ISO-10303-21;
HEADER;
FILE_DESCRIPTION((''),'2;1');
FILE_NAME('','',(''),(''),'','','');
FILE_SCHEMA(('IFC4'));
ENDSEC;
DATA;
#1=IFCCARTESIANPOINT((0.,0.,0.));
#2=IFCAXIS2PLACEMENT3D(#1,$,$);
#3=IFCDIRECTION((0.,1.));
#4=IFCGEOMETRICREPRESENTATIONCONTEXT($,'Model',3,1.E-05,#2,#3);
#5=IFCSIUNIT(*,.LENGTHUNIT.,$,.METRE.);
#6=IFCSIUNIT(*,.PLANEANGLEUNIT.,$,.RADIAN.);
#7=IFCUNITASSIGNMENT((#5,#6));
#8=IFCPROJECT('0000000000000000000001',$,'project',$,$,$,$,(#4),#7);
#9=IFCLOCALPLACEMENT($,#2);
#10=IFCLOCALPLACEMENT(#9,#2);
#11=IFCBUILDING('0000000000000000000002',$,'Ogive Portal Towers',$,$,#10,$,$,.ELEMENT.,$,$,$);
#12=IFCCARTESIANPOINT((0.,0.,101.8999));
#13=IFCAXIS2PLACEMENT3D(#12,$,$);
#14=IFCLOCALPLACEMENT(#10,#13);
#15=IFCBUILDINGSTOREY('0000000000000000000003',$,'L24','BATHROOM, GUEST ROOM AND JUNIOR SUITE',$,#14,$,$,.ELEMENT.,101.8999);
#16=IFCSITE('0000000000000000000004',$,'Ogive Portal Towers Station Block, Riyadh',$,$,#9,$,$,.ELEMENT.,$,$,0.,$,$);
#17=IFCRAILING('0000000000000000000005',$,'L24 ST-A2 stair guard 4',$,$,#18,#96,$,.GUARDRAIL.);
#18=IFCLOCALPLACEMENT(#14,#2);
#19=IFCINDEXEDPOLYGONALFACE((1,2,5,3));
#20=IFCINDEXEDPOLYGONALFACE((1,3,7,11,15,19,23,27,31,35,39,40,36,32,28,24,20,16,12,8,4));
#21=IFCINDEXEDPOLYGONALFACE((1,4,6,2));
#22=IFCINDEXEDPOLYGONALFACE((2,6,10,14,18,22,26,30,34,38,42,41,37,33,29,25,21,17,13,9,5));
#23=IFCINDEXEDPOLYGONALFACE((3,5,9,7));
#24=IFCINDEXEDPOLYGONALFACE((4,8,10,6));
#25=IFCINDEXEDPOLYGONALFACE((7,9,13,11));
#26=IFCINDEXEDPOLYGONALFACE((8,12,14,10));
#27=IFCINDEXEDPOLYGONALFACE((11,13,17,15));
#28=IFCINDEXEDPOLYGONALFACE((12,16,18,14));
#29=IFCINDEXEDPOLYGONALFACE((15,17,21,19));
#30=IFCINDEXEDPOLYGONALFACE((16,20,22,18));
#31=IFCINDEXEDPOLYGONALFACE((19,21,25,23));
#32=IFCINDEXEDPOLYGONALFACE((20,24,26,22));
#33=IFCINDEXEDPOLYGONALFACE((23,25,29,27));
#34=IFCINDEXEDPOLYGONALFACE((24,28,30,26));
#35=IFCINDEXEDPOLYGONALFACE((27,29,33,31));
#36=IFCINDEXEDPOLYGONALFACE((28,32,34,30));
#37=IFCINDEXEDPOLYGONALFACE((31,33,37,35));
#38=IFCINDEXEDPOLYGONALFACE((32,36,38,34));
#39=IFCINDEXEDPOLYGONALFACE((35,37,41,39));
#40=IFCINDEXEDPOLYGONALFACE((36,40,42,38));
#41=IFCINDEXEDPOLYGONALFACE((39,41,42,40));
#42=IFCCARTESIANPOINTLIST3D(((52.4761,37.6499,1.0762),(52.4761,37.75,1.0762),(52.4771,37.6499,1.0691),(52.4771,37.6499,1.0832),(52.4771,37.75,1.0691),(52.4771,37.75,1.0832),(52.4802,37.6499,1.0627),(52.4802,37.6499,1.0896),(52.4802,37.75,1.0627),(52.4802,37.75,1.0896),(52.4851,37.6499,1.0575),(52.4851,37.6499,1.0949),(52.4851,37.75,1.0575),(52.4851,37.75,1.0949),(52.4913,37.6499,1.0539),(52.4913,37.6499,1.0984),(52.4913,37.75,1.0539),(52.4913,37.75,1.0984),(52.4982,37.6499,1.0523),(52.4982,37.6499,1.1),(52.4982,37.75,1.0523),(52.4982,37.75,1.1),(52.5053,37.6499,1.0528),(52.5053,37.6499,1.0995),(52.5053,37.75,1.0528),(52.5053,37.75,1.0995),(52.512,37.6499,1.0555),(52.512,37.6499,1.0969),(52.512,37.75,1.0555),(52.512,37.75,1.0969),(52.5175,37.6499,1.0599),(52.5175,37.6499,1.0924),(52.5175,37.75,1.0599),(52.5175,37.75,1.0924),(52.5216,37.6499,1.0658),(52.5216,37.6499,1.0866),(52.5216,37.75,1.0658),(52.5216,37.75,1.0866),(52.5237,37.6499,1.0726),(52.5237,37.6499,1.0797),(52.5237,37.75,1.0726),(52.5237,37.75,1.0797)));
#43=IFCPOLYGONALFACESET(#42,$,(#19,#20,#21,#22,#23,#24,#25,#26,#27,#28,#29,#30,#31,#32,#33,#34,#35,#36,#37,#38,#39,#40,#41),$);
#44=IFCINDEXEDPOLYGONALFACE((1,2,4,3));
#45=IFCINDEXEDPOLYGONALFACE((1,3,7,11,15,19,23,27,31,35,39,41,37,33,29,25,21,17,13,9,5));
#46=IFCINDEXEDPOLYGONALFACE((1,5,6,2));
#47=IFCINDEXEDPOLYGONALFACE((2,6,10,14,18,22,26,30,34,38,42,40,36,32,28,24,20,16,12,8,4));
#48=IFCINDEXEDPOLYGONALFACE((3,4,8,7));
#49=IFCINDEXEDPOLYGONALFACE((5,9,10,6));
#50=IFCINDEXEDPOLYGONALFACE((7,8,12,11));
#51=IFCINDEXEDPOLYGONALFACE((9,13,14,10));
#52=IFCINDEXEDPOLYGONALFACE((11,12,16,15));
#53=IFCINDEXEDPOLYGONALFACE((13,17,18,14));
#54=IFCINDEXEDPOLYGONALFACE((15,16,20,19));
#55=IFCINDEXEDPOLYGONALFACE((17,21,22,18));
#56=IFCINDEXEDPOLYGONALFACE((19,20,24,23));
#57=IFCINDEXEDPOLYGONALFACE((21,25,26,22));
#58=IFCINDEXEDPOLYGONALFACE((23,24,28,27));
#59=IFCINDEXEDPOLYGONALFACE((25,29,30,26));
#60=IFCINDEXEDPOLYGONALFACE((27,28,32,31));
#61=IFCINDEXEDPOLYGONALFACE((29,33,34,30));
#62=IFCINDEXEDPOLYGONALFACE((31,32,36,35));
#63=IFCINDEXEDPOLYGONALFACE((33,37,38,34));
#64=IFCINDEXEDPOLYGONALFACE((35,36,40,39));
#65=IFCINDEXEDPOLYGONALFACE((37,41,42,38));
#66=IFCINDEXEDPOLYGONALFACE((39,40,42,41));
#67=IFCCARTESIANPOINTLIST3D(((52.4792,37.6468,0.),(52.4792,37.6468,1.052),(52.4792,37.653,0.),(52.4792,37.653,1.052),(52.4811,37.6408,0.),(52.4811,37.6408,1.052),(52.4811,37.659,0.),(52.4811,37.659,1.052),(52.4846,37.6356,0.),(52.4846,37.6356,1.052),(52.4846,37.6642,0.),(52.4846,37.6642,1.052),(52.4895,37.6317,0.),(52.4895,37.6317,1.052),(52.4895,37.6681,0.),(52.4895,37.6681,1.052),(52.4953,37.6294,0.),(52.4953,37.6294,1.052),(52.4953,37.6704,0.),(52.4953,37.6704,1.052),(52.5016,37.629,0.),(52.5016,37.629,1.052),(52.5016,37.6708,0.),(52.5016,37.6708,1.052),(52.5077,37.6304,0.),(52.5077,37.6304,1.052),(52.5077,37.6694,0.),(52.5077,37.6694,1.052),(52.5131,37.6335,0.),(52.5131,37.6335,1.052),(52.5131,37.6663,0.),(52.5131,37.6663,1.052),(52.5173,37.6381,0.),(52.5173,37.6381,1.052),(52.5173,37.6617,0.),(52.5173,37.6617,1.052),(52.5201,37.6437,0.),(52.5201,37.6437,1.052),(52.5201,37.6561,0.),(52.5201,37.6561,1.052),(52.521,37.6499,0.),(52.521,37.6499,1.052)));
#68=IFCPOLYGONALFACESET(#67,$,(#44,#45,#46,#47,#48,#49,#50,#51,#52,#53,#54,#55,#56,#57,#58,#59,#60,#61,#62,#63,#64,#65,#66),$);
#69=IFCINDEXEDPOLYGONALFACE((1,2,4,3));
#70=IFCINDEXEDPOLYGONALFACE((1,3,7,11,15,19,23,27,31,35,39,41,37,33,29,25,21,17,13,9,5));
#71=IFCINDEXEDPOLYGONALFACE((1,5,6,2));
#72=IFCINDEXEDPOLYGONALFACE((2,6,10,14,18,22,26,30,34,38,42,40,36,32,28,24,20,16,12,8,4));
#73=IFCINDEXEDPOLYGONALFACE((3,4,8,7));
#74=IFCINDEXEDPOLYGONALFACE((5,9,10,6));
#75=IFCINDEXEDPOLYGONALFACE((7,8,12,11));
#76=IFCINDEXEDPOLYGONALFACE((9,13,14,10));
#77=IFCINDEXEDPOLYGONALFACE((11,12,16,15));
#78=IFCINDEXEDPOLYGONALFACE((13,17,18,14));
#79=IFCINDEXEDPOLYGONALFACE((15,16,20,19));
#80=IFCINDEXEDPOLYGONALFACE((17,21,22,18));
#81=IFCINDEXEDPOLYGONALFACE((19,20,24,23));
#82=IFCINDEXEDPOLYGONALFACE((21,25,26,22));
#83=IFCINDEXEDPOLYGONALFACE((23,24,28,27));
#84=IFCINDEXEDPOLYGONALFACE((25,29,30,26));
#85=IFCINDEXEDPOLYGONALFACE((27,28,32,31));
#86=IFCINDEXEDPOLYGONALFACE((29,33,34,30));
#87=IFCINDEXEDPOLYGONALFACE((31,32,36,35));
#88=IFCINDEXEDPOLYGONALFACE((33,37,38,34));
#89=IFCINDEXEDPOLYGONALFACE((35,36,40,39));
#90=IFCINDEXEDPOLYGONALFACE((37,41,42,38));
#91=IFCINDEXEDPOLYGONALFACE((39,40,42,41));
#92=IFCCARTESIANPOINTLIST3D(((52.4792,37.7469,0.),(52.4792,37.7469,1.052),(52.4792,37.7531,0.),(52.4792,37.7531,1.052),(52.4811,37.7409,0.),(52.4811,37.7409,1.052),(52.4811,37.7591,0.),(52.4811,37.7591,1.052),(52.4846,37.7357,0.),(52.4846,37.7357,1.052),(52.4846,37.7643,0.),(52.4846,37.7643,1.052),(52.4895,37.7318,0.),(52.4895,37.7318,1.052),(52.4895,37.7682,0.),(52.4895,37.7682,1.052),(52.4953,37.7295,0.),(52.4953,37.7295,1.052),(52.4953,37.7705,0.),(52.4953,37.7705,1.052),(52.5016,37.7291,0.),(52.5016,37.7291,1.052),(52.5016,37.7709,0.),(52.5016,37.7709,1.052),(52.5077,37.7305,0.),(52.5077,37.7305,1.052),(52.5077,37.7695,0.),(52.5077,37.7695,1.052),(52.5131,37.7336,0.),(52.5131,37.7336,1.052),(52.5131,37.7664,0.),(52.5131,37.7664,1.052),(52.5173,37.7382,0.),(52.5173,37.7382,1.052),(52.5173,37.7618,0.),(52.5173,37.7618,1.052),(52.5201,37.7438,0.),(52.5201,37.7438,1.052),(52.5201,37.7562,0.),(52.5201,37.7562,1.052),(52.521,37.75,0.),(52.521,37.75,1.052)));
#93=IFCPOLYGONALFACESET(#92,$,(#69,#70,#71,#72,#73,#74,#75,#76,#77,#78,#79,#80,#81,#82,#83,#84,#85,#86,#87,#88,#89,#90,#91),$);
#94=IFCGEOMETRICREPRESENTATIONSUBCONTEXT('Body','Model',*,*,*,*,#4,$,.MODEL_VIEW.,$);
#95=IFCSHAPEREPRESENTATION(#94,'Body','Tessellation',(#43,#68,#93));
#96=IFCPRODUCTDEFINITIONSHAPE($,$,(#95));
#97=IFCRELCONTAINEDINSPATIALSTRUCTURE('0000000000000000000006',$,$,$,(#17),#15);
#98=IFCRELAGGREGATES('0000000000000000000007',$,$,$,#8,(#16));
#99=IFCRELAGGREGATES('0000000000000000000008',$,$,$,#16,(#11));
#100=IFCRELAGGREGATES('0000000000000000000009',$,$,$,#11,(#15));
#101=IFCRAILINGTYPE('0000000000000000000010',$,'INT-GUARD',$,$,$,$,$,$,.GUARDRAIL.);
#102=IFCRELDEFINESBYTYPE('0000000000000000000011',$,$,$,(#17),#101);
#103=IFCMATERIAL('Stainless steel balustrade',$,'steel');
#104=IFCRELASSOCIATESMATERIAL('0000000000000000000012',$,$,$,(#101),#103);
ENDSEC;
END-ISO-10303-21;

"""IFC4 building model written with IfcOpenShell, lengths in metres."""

from ifc_helpers import new_model, si_unit, direction, frame, origin, origin_2d, place, context, subcontext, project, spatial, circle, extrude, material, type_object, element, save


model = new_model("IFC4")

# Units and contexts
model_context = context("Model", 3, precision=1e-05, world=origin(), true_north=direction((0.0, 1.0)))
body_context = subcontext(model_context, "Body", "Model", "MODEL_VIEW")
ifc_project = project(units=[si_unit("LENGTHUNIT", "METRE"), si_unit("PLANEANGLEUNIT", "RADIAN")], contexts=[model_context])

# Site, building, storey
site_placement = place(None, origin())
site = spatial("IfcSite", under=ifc_project, at=site_placement, Name="Ogive Portal Towers Station Block, Riyadh", CompositionType="ELEMENT", RefElevation=0.0)
building_placement = place(site_placement, origin())
building = spatial("IfcBuilding", under=site, at=building_placement, Name="Ogive Portal Towers", CompositionType="ELEMENT")
storey_placement = place(building_placement, frame((0.0, 0.0, 101.8999)))
storey = spatial("IfcBuildingStorey", under=building, at=storey_placement, Name="L24", Description="BATHROOM, GUEST ROOM AND JUNIOR SUITE", CompositionType="ELEMENT", Elevation=101.8999)

# Railing
ifc_material_1 = material(Name="Stainless steel balustrade", Category="steel")
railing_type_1 = type_object("IfcRailingType", Name="INT-GUARD", PredefinedType="GUARDRAIL", material=ifc_material_1)
railing_1_placement = place(storey_placement, frame((52.5, 37.6499, 0.0)))
element("IfcRailing", 1, at=railing_1_placement, inside=storey, type_object=railing_type_1, Name="L24 ST-A2 stair guard 4", PredefinedType="GUARDRAIL", context=body_context, shape_type="SweptSolid", body=[
    extrude(circle(Radius=0.0239, at=origin_2d()), frame((0.0, 0.0, 1.0762), z_axis=(0.0, 1.0, 0.0), x_axis=(-1.0, 0.0, 0.0)), (0.0, 0.0, 1.0), 0.1001),
    extrude(circle(Radius=0.021, at=origin_2d()), origin(), (0.0, 0.0, 1.0), 1.052),
    extrude(circle(Radius=0.021, at=origin_2d()), frame((0.0, 0.1001, 0.0)), (0.0, 0.0, 1.0), 1.052),
])

save(model, "model.ifc")
